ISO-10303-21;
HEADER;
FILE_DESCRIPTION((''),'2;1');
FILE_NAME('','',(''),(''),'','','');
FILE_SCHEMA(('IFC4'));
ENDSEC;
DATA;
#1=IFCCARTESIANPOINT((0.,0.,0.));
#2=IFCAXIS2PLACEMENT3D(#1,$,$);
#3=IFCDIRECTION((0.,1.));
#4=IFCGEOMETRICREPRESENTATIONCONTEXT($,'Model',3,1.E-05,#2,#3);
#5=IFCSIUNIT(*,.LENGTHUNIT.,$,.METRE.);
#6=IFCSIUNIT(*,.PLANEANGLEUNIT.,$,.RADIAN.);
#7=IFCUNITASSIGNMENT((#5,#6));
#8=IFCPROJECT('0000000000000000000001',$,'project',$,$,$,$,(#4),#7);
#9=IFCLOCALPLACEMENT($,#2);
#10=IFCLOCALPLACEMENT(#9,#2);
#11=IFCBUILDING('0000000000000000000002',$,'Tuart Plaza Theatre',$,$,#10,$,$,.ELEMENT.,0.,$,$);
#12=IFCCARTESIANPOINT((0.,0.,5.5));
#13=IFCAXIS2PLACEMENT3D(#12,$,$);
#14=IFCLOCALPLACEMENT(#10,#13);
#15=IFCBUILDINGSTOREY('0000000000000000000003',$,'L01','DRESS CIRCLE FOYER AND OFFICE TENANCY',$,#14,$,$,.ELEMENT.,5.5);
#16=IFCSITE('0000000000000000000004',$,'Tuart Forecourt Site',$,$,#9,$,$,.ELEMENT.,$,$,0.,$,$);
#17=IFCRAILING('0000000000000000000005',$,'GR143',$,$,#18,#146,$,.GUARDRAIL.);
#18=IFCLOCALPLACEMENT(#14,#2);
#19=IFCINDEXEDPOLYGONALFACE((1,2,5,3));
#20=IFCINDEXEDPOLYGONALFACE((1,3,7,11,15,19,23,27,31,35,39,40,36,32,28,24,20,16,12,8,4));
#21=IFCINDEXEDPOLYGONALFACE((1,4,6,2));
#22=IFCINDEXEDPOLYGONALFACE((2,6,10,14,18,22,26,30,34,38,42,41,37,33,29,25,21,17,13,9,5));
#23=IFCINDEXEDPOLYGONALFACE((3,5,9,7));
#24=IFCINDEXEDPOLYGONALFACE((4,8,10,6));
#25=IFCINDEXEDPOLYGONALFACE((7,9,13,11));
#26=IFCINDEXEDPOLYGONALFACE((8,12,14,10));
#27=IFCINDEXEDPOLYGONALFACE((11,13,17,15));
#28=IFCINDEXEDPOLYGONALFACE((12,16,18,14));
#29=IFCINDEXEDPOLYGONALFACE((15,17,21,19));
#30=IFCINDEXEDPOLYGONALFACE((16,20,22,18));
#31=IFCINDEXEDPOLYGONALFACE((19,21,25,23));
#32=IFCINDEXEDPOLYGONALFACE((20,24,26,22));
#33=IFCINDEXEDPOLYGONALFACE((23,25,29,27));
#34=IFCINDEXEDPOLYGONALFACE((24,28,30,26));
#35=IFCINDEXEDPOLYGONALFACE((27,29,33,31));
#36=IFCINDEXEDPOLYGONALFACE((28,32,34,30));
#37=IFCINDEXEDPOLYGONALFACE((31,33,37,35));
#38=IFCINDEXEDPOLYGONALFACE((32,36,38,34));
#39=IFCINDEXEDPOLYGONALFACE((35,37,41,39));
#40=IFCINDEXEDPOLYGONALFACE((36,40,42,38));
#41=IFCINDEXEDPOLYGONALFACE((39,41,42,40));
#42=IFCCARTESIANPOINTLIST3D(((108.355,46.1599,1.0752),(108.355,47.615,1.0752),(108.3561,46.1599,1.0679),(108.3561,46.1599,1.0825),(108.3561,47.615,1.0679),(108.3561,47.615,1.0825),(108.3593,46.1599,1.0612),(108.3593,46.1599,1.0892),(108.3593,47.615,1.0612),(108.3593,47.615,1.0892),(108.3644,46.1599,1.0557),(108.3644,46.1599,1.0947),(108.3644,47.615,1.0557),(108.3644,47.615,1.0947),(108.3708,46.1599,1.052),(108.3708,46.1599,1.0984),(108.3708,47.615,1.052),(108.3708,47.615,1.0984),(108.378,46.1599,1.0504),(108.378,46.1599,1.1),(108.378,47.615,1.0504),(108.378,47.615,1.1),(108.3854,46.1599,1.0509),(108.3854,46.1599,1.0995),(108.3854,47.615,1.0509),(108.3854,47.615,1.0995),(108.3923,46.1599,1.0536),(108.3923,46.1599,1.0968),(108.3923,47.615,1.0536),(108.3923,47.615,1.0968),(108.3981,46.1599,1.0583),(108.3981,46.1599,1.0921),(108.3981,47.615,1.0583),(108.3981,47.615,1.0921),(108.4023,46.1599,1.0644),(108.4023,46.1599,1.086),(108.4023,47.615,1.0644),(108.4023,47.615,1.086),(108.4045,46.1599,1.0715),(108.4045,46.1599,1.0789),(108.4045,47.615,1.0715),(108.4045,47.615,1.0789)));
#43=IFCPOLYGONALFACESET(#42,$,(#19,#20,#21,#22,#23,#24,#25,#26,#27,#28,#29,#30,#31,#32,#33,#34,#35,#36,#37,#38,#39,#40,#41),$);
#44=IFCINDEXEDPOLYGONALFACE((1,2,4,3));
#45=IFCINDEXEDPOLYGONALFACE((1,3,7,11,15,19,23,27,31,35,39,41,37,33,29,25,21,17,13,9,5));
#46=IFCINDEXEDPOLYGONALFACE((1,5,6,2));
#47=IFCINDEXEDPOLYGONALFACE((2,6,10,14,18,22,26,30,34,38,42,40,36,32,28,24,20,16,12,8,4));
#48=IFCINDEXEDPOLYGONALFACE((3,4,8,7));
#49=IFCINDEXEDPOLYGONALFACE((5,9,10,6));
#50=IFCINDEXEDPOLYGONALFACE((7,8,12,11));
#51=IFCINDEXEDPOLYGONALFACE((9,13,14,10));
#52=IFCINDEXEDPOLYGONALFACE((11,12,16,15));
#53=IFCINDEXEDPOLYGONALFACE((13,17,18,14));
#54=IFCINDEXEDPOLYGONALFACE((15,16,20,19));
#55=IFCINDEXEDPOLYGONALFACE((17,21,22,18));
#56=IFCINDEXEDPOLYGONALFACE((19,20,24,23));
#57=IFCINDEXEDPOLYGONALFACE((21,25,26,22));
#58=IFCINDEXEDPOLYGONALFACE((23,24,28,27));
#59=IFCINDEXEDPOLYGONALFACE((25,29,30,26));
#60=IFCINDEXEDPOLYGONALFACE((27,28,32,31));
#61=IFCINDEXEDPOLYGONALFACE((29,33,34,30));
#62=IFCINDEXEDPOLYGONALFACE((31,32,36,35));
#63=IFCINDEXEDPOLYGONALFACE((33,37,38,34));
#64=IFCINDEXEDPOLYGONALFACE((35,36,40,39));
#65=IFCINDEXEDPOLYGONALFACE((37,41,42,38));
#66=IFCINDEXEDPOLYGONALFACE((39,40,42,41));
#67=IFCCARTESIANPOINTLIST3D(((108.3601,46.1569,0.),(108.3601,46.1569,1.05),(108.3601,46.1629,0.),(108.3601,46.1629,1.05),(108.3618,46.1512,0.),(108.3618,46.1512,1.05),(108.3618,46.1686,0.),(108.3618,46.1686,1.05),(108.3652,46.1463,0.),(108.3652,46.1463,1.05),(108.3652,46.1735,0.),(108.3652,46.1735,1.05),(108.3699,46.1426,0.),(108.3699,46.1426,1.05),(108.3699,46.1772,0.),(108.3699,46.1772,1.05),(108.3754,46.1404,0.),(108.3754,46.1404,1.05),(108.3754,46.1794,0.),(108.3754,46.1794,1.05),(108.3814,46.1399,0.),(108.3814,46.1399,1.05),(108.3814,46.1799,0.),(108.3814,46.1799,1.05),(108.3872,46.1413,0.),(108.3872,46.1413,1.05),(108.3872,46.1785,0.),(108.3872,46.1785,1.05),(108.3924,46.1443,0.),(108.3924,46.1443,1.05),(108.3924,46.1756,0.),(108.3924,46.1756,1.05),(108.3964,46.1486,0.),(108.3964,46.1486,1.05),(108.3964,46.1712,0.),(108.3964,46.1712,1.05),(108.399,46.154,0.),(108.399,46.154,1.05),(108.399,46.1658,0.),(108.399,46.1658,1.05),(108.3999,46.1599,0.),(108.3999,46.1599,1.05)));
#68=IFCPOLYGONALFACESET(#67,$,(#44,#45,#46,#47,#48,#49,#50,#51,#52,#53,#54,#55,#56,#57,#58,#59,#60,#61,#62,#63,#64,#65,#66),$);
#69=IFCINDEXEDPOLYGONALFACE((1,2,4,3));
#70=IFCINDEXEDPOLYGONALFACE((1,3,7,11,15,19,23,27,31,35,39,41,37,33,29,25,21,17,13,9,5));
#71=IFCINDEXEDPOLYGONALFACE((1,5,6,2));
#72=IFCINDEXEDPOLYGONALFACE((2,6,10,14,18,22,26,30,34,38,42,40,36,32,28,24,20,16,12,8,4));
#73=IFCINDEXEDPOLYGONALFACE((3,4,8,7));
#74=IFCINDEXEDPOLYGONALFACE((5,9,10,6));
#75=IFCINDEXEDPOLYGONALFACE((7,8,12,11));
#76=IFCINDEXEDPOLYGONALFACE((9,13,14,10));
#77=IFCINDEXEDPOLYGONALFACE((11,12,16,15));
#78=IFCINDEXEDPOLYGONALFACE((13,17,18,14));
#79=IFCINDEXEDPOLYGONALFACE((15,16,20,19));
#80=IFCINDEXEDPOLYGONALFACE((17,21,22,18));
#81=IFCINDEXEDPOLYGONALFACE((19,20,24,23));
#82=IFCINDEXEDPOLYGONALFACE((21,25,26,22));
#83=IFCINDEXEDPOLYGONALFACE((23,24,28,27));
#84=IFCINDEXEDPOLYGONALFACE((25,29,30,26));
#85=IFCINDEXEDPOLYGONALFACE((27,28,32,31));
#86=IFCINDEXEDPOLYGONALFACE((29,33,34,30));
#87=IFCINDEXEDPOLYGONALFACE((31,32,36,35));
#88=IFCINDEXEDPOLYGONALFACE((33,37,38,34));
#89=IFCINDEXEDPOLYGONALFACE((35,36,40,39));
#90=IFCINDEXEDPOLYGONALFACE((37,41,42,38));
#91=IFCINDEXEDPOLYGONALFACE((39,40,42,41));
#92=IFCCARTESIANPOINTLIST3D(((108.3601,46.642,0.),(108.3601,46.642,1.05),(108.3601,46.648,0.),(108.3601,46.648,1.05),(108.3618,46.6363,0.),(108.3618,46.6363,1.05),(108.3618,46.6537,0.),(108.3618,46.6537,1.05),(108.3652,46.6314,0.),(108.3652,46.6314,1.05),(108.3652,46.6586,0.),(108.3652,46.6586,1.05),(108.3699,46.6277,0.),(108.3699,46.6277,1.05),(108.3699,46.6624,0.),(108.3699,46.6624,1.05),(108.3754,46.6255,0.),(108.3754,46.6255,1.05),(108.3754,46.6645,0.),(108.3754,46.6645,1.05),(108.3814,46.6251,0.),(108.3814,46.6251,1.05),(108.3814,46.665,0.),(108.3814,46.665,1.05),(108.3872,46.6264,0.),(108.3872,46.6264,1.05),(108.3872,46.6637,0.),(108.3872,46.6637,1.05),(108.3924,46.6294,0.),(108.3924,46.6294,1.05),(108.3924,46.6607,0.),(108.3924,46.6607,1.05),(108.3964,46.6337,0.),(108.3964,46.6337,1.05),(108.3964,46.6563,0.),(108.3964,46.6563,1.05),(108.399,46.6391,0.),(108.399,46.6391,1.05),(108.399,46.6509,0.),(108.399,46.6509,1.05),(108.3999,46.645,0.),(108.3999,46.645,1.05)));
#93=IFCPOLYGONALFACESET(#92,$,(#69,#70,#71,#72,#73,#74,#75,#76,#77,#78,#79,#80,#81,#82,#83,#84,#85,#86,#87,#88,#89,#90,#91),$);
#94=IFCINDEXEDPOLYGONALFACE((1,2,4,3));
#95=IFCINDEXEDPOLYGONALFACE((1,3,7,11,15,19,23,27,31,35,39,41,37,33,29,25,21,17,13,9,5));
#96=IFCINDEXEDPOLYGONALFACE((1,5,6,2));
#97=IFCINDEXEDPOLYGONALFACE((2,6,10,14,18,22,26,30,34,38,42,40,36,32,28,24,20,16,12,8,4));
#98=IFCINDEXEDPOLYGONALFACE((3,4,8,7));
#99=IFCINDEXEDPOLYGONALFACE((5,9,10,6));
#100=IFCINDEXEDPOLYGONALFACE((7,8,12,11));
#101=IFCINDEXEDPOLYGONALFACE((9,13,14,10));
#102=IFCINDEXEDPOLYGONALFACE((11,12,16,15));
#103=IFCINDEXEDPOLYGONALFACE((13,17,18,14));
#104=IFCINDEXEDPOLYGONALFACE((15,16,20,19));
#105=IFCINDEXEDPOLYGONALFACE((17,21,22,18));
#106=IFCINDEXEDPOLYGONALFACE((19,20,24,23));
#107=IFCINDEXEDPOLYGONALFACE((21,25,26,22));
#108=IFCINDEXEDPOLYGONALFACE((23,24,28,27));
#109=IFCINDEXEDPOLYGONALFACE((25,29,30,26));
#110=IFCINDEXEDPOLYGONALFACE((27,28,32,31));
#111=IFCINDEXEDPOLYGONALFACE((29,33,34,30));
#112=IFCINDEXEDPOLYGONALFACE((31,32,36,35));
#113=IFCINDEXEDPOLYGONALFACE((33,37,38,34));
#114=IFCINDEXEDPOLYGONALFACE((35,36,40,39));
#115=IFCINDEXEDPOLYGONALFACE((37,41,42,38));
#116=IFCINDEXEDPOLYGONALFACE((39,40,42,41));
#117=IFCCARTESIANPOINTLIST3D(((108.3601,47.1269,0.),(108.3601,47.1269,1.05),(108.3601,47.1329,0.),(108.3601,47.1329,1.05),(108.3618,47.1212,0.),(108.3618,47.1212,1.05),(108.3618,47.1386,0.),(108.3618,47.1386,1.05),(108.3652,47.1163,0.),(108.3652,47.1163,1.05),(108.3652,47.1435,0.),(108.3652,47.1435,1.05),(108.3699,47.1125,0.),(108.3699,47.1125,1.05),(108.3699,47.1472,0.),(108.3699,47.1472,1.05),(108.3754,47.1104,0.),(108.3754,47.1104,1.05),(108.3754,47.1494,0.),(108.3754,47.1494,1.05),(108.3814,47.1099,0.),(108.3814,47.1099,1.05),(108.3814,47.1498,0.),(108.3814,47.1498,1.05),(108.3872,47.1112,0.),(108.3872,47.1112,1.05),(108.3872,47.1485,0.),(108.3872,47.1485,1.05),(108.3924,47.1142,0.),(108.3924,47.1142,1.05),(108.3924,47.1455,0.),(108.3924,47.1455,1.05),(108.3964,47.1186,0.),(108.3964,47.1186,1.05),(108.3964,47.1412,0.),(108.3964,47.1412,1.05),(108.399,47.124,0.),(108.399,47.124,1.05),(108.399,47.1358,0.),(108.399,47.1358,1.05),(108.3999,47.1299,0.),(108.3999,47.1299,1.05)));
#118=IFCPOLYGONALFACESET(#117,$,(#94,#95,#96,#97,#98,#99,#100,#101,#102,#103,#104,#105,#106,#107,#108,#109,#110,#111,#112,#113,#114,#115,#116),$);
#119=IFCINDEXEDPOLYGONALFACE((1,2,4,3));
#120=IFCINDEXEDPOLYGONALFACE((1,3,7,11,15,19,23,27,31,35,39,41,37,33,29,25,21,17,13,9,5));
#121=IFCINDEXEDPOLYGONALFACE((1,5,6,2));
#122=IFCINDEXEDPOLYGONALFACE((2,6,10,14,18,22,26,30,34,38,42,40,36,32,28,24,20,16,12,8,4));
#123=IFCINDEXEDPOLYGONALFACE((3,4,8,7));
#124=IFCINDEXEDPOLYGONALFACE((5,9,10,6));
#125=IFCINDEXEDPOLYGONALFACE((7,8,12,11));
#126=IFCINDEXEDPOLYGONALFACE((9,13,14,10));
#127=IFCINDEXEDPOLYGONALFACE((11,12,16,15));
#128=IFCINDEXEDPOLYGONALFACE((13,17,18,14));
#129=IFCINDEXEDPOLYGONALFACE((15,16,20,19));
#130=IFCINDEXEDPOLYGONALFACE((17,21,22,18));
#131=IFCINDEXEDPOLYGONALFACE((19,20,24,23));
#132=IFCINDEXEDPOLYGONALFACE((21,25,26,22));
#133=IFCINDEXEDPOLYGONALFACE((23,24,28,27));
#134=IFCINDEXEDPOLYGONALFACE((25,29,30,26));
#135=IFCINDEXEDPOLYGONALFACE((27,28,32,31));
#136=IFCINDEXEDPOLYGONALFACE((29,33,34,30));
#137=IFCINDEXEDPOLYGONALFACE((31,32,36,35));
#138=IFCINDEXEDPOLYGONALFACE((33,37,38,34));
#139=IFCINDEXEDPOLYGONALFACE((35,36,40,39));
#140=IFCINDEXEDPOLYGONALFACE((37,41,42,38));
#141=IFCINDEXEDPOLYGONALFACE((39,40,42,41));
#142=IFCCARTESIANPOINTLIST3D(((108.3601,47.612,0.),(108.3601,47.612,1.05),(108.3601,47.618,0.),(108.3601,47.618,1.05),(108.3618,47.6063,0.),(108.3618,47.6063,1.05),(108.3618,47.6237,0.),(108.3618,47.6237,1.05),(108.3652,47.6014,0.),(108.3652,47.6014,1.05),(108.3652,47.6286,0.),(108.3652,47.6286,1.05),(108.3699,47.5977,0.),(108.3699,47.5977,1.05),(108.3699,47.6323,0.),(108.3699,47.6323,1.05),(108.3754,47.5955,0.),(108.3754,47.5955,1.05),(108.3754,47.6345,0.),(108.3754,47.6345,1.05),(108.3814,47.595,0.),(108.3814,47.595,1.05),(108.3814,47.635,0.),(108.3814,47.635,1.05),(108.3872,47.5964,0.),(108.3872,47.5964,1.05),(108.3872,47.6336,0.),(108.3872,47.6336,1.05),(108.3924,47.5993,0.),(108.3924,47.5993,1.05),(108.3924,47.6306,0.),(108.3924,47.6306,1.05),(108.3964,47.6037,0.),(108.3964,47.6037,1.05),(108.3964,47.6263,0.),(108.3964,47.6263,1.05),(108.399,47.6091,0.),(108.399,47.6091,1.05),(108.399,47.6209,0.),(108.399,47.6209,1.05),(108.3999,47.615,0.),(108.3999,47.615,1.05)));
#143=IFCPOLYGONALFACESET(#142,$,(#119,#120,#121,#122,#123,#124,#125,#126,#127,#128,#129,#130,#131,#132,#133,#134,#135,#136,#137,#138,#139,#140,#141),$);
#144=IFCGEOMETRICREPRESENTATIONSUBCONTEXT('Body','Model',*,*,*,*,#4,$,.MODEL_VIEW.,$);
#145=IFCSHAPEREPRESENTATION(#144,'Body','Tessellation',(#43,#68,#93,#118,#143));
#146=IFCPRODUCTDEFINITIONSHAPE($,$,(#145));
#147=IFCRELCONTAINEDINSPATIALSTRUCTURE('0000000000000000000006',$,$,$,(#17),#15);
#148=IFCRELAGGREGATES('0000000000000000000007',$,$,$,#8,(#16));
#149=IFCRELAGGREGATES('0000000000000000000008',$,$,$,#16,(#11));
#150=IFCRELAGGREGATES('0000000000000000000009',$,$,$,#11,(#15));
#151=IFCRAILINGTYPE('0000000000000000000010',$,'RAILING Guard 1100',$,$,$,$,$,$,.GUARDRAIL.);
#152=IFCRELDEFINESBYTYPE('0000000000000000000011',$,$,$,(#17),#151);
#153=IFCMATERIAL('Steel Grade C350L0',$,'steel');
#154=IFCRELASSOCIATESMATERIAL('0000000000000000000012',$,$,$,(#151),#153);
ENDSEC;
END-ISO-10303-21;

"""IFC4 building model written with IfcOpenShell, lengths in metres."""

from ifc_helpers import new_model, si_unit, direction, frame, origin, origin_2d, place, context, subcontext, project, spatial, circle, extrude, material, type_object, element, save


model = new_model("IFC4")

# Units and contexts
model_context = context("Model", 3, precision=1e-05, world=origin(), true_north=direction((0.0, 1.0)))
body_context = subcontext(model_context, "Body", "Model", "MODEL_VIEW")
ifc_project = project(units=[si_unit("LENGTHUNIT", "METRE"), si_unit("PLANEANGLEUNIT", "RADIAN")], contexts=[model_context])

# Site, building, storey
site_placement = place(None, origin())
site = spatial("IfcSite", under=ifc_project, at=site_placement, Name="Tuart Forecourt Site", CompositionType="ELEMENT", RefElevation=0.0)
building_placement = place(site_placement, origin())
building = spatial("IfcBuilding", under=site, at=building_placement, Name="Tuart Plaza Theatre", CompositionType="ELEMENT", ElevationOfRefHeight=0.0)
storey_placement = place(building_placement, frame((0.0, 0.0, 5.5)))
storey = spatial("IfcBuildingStorey", under=building, at=storey_placement, Name="L01", Description="DRESS CIRCLE FOYER AND OFFICE TENANCY", CompositionType="ELEMENT", Elevation=5.5)

# Railing
ifc_material_1 = material(Name="Steel Grade C350L0", Category="steel")
railing_type_1 = type_object("IfcRailingType", Name="RAILING Guard 1100", PredefinedType="GUARDRAIL", material=ifc_material_1)
railing_1_placement = place(storey_placement, frame((108.3799, 46.1599, 0.0)))
element("IfcRailing", 1, at=railing_1_placement, inside=storey, type_object=railing_type_1, Name="GR143", PredefinedType="GUARDRAIL", context=body_context, shape_type="SweptSolid", body=[
    extrude(circle(Radius=0.0249, at=origin_2d()), frame((0.0, 0.0, 1.0752), z_axis=(0.0, 1.0, 0.0), x_axis=(-1.0, 0.0, 0.0)), (0.0, 0.0, 1.0), 1.4551),
    extrude(circle(Radius=0.02, at=origin_2d()), origin(), (0.0, 0.0, 1.0), 1.05),
    extrude(circle(Radius=0.02, at=origin_2d()), frame((0.0, 0.4851, 0.0)), (0.0, 0.0, 1.0), 1.05),
    extrude(circle(Radius=0.02, at=origin_2d()), frame((0.0, 0.97, 0.0)), (0.0, 0.0, 1.0), 1.05),
    extrude(circle(Radius=0.02, at=origin_2d()), frame((0.0, 1.4551, 0.0)), (0.0, 0.0, 1.0), 1.05),
])

save(model, "model.ifc")
